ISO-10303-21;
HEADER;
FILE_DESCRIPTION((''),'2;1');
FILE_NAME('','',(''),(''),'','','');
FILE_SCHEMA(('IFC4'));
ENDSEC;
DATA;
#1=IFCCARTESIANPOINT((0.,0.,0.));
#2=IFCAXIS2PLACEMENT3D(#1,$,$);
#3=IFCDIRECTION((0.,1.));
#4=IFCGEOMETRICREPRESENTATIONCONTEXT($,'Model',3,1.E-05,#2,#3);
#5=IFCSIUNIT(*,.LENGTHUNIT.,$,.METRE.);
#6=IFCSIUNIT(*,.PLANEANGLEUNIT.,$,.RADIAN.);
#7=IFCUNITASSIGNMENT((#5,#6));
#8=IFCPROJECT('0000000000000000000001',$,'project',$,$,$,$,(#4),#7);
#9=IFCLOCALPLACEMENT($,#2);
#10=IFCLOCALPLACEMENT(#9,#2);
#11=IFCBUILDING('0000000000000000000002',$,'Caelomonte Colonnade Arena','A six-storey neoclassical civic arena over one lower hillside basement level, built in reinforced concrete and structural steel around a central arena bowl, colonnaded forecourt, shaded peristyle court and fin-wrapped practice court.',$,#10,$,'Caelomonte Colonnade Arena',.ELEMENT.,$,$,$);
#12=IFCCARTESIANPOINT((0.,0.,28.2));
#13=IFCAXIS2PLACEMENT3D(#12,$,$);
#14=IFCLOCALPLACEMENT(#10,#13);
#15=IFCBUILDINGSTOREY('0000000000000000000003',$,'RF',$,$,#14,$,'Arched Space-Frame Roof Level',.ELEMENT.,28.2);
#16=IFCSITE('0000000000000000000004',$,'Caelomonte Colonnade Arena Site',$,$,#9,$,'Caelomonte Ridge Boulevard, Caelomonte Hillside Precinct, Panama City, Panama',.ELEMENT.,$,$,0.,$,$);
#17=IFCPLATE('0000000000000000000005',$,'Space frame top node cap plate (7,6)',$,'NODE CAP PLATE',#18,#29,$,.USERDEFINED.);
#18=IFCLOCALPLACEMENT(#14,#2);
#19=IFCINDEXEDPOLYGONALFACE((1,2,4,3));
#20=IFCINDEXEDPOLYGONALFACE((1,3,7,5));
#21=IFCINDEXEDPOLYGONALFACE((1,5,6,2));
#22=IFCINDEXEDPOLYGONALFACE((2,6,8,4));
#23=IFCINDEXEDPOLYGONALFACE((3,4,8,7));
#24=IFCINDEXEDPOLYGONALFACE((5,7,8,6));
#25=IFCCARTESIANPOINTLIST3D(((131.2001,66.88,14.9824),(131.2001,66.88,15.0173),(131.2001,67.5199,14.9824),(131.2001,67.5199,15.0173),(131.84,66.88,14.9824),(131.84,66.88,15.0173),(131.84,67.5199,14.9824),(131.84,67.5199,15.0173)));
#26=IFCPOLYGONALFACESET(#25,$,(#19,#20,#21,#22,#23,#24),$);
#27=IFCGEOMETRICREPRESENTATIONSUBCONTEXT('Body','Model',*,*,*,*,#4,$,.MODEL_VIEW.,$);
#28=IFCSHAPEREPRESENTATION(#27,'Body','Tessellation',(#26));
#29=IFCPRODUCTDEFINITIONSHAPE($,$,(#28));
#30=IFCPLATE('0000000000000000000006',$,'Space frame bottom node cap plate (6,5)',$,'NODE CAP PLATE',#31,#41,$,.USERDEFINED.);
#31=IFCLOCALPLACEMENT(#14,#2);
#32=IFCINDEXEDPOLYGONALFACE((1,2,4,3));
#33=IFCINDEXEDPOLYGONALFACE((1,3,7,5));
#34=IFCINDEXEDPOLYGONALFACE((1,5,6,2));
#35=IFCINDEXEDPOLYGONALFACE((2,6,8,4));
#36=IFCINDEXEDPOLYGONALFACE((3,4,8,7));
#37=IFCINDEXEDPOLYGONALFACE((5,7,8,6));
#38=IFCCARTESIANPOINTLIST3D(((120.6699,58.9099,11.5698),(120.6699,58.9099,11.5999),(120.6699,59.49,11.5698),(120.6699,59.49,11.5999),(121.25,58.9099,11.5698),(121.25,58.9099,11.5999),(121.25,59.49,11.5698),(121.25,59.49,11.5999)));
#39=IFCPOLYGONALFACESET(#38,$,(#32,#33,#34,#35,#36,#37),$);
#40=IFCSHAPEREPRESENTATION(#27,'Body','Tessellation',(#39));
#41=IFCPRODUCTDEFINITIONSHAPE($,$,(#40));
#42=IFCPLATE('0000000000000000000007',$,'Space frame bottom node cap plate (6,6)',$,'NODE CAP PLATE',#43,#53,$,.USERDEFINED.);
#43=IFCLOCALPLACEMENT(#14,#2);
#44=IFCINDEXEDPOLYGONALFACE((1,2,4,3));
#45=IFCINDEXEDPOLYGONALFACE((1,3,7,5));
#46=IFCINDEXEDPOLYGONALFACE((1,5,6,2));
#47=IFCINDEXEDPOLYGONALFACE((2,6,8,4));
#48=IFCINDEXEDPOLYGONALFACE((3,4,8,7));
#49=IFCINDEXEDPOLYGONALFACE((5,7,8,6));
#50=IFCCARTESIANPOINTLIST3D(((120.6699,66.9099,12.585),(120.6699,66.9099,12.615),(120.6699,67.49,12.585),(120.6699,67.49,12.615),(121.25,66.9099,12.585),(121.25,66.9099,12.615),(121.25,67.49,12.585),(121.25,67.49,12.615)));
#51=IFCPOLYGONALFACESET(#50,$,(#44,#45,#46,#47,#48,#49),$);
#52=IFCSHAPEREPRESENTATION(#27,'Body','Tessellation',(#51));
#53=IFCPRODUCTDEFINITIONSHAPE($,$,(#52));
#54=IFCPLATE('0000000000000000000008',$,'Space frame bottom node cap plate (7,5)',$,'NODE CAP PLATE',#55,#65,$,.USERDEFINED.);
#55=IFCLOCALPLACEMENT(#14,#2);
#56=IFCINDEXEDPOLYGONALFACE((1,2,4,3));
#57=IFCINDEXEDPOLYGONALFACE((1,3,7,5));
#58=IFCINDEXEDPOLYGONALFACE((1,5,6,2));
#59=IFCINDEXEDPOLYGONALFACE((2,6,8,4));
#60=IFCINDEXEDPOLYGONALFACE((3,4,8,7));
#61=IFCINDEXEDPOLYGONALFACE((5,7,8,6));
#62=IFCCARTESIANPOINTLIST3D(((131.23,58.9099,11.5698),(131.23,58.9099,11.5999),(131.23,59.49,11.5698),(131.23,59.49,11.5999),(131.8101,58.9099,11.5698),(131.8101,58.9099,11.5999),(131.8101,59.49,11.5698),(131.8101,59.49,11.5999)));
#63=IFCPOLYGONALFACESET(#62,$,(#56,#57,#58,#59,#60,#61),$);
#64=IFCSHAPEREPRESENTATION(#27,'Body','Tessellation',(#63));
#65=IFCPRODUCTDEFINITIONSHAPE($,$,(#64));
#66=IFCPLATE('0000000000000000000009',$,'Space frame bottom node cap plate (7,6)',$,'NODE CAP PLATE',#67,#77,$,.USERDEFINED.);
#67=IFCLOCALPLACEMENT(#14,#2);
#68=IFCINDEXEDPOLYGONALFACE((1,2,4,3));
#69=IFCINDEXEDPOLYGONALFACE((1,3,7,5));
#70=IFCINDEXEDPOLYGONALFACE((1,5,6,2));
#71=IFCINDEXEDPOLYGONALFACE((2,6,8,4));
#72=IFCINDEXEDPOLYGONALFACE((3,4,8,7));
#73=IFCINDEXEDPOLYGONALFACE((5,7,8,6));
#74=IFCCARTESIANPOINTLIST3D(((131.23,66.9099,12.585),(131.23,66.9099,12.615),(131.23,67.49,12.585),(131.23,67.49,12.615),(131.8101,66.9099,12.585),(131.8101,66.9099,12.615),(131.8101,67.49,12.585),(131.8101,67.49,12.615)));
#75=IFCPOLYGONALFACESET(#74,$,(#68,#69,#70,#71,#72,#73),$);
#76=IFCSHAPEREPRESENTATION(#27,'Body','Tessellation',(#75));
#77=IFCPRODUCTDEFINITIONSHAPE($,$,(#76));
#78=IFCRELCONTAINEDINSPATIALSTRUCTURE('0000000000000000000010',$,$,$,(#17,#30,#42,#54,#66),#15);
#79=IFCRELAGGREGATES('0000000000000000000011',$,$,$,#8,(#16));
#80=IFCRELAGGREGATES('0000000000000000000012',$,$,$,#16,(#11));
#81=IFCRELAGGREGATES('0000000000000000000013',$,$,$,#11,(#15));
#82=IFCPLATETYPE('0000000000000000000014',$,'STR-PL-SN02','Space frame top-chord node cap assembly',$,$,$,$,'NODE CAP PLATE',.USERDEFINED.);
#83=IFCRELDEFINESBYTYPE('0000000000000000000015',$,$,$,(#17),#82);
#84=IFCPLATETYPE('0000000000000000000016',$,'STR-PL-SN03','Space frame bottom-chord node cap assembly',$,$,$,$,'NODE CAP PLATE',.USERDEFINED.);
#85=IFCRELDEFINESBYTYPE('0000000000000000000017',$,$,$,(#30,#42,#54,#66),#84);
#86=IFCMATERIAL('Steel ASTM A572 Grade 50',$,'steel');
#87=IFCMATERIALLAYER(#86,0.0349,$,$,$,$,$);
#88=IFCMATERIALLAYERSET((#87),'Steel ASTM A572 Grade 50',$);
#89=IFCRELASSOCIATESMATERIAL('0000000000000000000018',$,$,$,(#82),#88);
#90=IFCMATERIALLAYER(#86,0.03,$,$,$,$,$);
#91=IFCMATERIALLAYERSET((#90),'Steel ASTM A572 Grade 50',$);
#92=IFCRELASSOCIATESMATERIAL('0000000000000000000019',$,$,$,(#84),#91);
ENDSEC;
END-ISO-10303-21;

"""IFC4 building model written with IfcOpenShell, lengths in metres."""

from ifc_helpers import new_model, si_unit, direction, frame, origin, origin_2d, place, context, subcontext, project, spatial, rectangle, extrude, material, layer, layer_set, type_object, element, save


model = new_model("IFC4")

# Units and contexts
model_context = context("Model", 3, precision=1e-05, world=origin(), true_north=direction((0.0, 1.0)))
body_context = subcontext(model_context, "Body", "Model", "MODEL_VIEW")
ifc_project = project(units=[si_unit("LENGTHUNIT", "METRE"), si_unit("PLANEANGLEUNIT", "RADIAN")], contexts=[model_context])

# Site, building, storey
site_placement = place(None, origin())
site = spatial("IfcSite", under=ifc_project, at=site_placement, Name="Caelomonte Colonnade Arena Site", LongName="Caelomonte Ridge Boulevard, Caelomonte Hillside Precinct, Panama City, Panama", CompositionType="ELEMENT", RefElevation=0.0)
building_placement = place(site_placement, origin())
building = spatial("IfcBuilding", under=site, at=building_placement, Name="Caelomonte Colonnade Arena", Description="A six-storey neoclassical civic arena over one lower hillside basement level, built in reinforced concrete and structural steel around a central arena bowl, colonnaded forecourt, shaded peristyle court and fin-wrapped practice court.", LongName="Caelomonte Colonnade Arena", CompositionType="ELEMENT")
storey_placement = place(building_placement, frame((0.0, 0.0, 28.2)))
storey = spatial("IfcBuildingStorey", under=building, at=storey_placement, Name="RF", LongName="Arched Space-Frame Roof Level", CompositionType="ELEMENT", Elevation=28.2)

# Plates
ifc_material_1 = material(Name="Steel ASTM A572 Grade 50", Category="steel")
ifc_layer_1 = layer(ifc_material_1, 0.0349)
ifc_layer_set_1 = layer_set([ifc_layer_1], Name="Steel ASTM A572 Grade 50")
plate_type_1 = type_object("IfcPlateType", Name="STR-PL-SN02", Description="Space frame top-chord node cap assembly", ElementType="NODE CAP PLATE", PredefinedType="USERDEFINED", material=ifc_layer_set_1)
for number, where, z_axis, x_axis, name in (
    (1, (131.52, 67.2, 14.9824), (0.0, 0.0, 1.0), (1.0, 0.0, 0.0), "Space frame top node cap plate (7,6)"),
):
    element("IfcPlate", number, at=place(storey_placement, frame(where, z_axis=z_axis, x_axis=x_axis)), inside=storey, type_object=plate_type_1, Name=name, ObjectType="NODE CAP PLATE", PredefinedType="USERDEFINED", context=body_context, shape_type="SweptSolid", body=[
        extrude(rectangle(XDim=0.6399, YDim=0.6399, at=origin_2d()), origin(), (0.0, 0.0, 1.0), 0.0349),
    ])
ifc_layer_2 = layer(ifc_material_1, 0.03)
ifc_layer_set_2 = layer_set([ifc_layer_2], Name="Steel ASTM A572 Grade 50")
plate_type_2 = type_object("IfcPlateType", Name="STR-PL-SN03", Description="Space frame bottom-chord node cap assembly", ElementType="NODE CAP PLATE", PredefinedType="USERDEFINED", material=ifc_layer_set_2)
for number, where, z_axis, x_axis, name in (
    (2, (120.96, 59.2, 11.5698), (0.0, 0.0, 1.0), (1.0, 0.0, 0.0), "Space frame bottom node cap plate (6,5)"),
    (3, (120.96, 67.2, 12.585), (0.0, 0.0, 1.0), (1.0, 0.0, 0.0), "Space frame bottom node cap plate (6,6)"),
    (4, (131.52, 59.2, 11.5698), (0.0, 0.0, 1.0), (1.0, 0.0, 0.0), "Space frame bottom node cap plate (7,5)"),
    (5, (131.52, 67.2, 12.585), (0.0, 0.0, 1.0), (1.0, 0.0, 0.0), "Space frame bottom node cap plate (7,6)"),
):
    element("IfcPlate", number, at=place(storey_placement, frame(where, z_axis=z_axis, x_axis=x_axis)), inside=storey, type_object=plate_type_2, Name=name, ObjectType="NODE CAP PLATE", PredefinedType="USERDEFINED", context=body_context, shape_type="SweptSolid", body=[
        extrude(rectangle(XDim=0.5801, YDim=0.5801, at=origin_2d()), origin(), (0.0, 0.0, 1.0), 0.03),
    ])

save(model, "model.ifc")
